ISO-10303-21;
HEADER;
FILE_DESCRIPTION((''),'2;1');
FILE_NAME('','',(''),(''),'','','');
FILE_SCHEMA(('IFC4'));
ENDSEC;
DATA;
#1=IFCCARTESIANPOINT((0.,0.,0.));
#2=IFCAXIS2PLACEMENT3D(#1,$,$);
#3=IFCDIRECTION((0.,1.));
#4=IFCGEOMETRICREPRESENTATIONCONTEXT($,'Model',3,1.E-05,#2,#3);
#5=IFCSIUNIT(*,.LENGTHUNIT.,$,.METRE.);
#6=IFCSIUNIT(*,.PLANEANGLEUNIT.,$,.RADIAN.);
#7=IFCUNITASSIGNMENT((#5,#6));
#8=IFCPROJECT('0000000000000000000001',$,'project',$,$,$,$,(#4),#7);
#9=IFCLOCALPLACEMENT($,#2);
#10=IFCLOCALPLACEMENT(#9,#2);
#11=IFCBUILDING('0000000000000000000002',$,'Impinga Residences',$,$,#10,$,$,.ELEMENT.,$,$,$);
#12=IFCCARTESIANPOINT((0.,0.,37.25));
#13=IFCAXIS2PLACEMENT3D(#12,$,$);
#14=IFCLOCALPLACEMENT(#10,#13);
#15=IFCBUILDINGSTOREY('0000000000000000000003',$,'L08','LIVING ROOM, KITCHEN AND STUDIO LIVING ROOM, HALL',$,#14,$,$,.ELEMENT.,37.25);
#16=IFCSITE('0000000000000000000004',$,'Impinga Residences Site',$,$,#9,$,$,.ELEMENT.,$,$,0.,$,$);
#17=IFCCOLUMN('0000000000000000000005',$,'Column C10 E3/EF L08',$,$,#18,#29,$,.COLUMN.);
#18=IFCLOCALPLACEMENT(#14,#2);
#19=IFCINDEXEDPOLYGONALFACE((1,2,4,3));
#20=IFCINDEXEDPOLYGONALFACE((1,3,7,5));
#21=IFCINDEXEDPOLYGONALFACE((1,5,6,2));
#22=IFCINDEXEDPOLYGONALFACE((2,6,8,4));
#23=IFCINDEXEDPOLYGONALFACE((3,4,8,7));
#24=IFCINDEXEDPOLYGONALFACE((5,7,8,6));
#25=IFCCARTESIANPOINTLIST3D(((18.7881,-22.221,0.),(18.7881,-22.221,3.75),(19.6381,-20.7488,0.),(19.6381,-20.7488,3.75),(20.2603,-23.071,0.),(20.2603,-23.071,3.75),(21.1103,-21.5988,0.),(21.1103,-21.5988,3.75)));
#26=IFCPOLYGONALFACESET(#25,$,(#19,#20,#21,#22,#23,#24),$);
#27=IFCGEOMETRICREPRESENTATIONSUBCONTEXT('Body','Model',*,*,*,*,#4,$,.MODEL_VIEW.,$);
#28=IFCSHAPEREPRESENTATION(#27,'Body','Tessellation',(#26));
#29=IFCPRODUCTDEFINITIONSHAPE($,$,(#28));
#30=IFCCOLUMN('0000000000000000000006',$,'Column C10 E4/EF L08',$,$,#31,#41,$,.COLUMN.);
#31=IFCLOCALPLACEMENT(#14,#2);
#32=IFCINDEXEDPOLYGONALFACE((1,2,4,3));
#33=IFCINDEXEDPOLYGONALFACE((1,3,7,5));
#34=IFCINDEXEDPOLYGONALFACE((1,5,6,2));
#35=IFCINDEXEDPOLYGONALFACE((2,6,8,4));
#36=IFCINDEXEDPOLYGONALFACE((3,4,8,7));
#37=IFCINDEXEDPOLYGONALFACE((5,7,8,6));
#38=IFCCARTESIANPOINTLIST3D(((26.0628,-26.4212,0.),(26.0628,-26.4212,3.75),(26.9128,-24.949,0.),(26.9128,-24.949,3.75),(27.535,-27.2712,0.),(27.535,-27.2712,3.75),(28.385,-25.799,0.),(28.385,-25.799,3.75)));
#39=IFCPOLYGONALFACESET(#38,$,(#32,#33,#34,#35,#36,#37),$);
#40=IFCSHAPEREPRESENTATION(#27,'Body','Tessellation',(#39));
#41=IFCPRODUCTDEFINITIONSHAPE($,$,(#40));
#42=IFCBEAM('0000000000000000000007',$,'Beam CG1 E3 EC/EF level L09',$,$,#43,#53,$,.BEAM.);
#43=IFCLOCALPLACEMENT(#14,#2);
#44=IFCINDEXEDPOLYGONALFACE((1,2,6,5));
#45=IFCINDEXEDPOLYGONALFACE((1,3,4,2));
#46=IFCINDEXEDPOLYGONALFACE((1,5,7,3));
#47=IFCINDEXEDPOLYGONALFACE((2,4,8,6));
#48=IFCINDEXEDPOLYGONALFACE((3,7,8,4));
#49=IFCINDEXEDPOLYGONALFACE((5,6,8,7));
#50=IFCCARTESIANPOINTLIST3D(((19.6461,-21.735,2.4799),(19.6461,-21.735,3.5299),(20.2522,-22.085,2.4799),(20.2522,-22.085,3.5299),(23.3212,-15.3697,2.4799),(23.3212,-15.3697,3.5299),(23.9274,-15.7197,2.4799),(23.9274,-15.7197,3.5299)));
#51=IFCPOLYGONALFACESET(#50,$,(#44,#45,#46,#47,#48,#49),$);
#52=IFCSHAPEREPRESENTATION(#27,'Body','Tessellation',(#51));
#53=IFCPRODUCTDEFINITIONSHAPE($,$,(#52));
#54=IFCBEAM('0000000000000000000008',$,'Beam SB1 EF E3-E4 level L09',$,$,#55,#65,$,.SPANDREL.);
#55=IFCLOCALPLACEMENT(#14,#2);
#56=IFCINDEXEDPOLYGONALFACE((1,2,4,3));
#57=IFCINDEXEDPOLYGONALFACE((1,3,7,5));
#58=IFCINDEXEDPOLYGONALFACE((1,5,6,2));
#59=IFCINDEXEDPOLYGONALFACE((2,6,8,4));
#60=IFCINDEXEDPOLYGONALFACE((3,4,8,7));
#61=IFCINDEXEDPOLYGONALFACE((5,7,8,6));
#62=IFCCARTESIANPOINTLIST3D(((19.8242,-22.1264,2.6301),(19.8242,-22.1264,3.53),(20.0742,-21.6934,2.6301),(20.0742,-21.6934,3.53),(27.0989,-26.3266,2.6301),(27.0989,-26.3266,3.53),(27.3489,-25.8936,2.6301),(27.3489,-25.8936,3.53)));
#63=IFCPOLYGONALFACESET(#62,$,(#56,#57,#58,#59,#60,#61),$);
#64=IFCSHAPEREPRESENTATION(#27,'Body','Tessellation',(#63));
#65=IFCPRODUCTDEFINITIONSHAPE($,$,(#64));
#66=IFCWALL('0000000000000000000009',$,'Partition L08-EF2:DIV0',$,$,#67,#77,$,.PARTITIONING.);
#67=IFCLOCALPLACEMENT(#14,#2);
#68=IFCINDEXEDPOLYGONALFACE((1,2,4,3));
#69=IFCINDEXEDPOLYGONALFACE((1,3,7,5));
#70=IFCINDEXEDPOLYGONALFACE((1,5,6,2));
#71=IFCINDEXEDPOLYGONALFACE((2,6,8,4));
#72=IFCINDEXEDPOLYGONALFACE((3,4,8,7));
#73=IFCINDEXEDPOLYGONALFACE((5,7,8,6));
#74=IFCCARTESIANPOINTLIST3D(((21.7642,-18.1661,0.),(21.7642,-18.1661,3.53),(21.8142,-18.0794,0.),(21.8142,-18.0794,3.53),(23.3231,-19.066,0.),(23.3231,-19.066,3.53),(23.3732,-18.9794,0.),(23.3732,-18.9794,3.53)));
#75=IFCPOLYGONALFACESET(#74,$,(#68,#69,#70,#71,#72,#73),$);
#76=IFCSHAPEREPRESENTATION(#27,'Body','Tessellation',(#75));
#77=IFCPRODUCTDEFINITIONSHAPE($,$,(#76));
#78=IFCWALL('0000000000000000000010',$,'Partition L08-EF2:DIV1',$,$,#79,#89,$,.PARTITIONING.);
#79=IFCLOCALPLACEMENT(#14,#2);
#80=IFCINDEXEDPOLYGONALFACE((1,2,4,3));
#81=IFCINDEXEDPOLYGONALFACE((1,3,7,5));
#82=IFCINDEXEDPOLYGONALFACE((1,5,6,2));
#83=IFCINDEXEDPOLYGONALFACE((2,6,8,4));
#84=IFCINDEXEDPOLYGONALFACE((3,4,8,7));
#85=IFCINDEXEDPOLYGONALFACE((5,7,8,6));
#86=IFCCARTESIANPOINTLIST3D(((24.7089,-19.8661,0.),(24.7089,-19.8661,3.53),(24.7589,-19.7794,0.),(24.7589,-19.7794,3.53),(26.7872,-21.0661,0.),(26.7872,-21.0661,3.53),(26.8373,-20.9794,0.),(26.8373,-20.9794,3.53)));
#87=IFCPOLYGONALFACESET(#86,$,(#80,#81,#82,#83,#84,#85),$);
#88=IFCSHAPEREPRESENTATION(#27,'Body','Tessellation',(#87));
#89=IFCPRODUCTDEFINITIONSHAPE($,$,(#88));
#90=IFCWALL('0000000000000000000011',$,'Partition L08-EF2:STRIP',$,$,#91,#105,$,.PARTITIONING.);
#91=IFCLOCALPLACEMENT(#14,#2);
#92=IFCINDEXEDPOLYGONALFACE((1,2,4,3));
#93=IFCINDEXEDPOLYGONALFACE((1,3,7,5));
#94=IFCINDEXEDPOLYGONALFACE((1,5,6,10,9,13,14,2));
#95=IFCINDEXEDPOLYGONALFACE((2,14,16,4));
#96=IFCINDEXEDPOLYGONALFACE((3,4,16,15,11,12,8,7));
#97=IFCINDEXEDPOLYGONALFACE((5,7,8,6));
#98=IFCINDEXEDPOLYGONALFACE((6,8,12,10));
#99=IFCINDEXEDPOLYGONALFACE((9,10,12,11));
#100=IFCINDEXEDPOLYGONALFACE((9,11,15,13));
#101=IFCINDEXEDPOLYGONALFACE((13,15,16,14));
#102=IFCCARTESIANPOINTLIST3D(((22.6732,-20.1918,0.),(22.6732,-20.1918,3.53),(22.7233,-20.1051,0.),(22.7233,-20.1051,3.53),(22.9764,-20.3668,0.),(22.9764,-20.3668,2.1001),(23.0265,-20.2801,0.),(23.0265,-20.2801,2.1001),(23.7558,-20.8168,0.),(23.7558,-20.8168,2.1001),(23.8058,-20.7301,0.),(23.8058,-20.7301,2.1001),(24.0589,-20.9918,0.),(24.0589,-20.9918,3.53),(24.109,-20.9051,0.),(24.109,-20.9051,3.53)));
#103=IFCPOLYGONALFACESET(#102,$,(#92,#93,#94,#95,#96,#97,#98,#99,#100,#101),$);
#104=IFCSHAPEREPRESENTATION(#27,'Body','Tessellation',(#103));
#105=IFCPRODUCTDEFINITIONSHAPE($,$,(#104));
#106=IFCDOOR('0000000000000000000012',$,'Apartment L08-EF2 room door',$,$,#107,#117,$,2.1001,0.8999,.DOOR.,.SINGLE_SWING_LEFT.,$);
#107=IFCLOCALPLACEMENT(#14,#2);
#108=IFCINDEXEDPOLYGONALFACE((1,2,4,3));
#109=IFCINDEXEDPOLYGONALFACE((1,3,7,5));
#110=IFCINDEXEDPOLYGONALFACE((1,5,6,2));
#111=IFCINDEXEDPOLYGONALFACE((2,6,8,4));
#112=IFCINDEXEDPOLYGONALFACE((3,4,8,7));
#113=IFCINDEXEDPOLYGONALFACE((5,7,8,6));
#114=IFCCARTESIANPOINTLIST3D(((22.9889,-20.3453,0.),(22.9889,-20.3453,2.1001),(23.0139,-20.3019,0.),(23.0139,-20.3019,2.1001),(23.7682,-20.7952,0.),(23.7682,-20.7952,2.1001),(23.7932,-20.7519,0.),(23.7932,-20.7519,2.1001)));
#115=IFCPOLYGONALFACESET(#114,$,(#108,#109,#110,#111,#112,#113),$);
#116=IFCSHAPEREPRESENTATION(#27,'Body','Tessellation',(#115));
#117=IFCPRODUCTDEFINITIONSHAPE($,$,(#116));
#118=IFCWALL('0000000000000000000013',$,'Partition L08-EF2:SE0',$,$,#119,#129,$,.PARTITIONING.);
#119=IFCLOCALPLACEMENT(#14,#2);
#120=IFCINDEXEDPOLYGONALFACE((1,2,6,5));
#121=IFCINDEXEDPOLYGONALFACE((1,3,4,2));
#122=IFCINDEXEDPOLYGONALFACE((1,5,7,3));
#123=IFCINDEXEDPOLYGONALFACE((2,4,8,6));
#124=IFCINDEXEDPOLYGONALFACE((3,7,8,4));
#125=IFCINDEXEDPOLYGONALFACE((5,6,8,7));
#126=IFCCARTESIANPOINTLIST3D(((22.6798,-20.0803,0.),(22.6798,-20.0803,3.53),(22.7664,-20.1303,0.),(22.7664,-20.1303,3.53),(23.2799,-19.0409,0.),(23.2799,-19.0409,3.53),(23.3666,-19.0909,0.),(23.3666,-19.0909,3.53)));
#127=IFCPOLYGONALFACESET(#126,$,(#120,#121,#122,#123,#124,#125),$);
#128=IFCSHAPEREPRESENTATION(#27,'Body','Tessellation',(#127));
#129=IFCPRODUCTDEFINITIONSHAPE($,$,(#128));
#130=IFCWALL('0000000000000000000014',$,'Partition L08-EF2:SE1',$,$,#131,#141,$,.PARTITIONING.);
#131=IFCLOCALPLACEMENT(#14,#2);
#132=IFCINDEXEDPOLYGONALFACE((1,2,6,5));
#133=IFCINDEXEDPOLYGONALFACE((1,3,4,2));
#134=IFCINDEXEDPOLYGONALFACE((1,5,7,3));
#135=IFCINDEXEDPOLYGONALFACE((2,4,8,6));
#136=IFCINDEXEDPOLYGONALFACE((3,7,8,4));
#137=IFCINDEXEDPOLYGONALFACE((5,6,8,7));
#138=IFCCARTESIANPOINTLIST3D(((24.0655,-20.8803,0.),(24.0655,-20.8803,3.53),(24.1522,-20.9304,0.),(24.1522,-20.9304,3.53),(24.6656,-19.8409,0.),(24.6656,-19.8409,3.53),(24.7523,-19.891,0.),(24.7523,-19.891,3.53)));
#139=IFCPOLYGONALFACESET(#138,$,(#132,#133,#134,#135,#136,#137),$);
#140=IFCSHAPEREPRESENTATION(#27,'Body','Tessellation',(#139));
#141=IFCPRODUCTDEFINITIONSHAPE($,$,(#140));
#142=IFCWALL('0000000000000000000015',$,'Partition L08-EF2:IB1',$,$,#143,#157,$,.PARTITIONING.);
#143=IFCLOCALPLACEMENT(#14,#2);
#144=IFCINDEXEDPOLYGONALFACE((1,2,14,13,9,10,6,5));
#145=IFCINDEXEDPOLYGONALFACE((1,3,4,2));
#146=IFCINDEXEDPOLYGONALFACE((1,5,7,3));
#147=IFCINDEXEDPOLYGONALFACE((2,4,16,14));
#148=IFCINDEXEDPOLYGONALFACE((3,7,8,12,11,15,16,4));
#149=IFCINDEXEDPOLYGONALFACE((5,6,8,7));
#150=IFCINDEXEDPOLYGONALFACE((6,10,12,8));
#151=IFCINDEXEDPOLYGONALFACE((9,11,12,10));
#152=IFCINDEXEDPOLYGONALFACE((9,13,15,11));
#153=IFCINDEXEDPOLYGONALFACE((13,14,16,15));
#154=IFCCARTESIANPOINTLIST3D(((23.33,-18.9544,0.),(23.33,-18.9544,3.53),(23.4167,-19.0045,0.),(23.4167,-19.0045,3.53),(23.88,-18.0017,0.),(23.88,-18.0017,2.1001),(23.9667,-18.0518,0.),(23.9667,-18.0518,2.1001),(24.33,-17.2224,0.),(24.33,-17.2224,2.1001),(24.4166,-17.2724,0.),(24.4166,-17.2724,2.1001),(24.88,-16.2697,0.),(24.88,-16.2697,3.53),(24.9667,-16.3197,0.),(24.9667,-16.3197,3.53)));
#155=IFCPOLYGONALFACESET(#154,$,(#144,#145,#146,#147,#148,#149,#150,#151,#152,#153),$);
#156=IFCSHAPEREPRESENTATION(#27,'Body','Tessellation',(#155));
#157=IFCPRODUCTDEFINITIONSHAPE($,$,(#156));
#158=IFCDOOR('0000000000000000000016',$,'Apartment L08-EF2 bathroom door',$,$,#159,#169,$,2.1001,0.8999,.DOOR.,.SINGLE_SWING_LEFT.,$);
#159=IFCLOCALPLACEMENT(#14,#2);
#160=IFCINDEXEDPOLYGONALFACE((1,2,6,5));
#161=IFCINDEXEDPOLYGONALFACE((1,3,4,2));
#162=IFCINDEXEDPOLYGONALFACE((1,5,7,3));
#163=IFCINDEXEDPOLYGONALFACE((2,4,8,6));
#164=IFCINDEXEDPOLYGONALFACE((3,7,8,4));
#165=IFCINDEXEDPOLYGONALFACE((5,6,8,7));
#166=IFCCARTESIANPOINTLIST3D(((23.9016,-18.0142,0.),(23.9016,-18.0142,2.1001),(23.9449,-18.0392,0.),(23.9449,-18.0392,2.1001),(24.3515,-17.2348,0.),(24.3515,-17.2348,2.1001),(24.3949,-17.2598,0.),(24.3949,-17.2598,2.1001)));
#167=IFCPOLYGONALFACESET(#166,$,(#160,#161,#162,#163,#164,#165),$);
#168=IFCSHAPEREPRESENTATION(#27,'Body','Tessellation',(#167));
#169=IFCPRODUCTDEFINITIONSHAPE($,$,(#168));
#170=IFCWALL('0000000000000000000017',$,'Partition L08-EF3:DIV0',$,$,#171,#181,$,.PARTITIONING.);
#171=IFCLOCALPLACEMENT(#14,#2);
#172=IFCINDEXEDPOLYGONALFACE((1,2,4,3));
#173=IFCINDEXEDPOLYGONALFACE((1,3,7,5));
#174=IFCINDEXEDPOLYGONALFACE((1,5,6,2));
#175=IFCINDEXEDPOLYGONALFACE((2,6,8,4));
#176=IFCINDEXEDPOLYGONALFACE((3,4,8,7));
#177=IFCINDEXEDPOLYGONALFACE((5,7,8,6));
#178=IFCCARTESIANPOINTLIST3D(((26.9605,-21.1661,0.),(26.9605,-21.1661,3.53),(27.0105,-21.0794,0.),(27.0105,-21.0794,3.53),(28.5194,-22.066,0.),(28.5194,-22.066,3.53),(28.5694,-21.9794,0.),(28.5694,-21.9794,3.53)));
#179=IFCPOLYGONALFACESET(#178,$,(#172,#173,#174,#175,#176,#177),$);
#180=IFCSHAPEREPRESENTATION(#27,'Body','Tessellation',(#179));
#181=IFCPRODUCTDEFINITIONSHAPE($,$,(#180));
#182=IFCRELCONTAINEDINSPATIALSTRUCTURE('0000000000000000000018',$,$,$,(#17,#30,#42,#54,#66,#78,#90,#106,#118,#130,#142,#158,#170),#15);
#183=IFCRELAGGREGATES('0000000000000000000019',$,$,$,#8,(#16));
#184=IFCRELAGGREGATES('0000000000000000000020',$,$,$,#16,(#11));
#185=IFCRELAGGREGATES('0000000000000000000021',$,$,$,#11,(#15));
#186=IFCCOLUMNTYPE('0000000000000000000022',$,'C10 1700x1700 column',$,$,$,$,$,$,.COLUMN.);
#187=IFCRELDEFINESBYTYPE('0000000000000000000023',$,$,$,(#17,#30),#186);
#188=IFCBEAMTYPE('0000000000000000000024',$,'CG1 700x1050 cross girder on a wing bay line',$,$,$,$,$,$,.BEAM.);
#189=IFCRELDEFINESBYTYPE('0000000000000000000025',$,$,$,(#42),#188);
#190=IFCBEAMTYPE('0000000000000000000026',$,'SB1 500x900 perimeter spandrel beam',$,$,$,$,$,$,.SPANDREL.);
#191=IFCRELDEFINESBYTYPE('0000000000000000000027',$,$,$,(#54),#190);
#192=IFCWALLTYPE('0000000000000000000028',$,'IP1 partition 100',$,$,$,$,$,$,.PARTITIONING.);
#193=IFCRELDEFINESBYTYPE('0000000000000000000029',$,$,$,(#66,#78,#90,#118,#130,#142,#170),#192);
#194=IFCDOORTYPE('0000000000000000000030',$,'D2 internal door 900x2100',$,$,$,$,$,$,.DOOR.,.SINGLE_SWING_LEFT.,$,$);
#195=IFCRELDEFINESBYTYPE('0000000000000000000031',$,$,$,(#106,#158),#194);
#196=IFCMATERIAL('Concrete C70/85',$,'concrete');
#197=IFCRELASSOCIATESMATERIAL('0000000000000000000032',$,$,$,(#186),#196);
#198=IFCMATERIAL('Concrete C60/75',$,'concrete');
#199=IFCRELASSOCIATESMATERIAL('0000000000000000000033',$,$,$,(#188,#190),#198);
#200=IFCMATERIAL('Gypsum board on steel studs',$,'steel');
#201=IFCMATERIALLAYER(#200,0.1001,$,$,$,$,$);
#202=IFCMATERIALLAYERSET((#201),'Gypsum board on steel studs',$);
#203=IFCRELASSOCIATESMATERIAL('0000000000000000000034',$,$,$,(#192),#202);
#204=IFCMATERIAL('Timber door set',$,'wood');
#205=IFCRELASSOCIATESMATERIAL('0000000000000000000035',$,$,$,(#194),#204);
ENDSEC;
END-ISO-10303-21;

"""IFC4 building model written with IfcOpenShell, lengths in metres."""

from ifc_helpers import new_model, si_unit, direction, frame, frame_2d, origin, origin_2d, place, context, subcontext, project, spatial, rectangle, extrude, material, layer, layer_set, material_profile, profile_set, type_object, element, fill, save


model = new_model("IFC4")

# Units and contexts
model_context = context("Model", 3, precision=1e-05, world=origin(), true_north=direction((0.0, 1.0)))
body_context = subcontext(model_context, "Body", "Model", "MODEL_VIEW")
ifc_project = project(units=[si_unit("LENGTHUNIT", "METRE"), si_unit("PLANEANGLEUNIT", "RADIAN")], contexts=[model_context])

# Site, building, storey
site_placement = place(None, origin())
site = spatial("IfcSite", under=ifc_project, at=site_placement, Name="Impinga Residences Site", CompositionType="ELEMENT", RefElevation=0.0)
building_placement = place(site_placement, origin())
building = spatial("IfcBuilding", under=site, at=building_placement, Name="Impinga Residences", CompositionType="ELEMENT")
storey_placement = place(building_placement, frame((0.0, 0.0, 37.25)))
storey = spatial("IfcBuildingStorey", under=building, at=storey_placement, Name="L08", Description="LIVING ROOM, KITCHEN AND STUDIO LIVING ROOM, HALL", CompositionType="ELEMENT", Elevation=37.25)

# Columns
ifc_material_1 = material(Name="Concrete C70/85", Category="concrete")
ifc_material_profile_1 = material_profile(ifc_material_1, rectangle(XDim=1.7, YDim=1.7, at=origin_2d()), Name="RC 1700x1700")
ifc_profile_set_1 = profile_set([ifc_material_profile_1], Name="Concrete C70/85")
column_type = type_object("IfcColumnType", Name="C10 1700x1700 column", PredefinedType="COLUMN", material=ifc_profile_set_1)
for number, where, z_axis, x_axis, name in (
    (1, (19.9492, -21.9099, 0.0), (0.0, 0.0, 1.0), (-0.5, -0.866025, 0.0), "Column C10 E3/EF L08"),
    (2, (27.2239, -26.1101, 0.0), (0.0, 0.0, 1.0), (-0.5, -0.866025, 0.0), "Column C10 E4/EF L08"),
):
    element("IfcColumn", number, at=place(storey_placement, frame(where, z_axis=z_axis, x_axis=x_axis)), inside=storey, type_object=column_type, Name=name, PredefinedType="COLUMN", context=body_context, shape_type="SweptSolid", body=[
        extrude(rectangle(XDim=1.7, YDim=1.7, at=origin_2d()), origin(), (0.0, 0.0, 1.0), 3.75),
    ])

# Beams
ifc_material_2 = material(Name="Concrete C60/75", Category="concrete")
ifc_material_profile_2 = material_profile(ifc_material_2, rectangle(XDim=0.7, YDim=1.05, at=origin_2d()), Name="RC 700x1050")
ifc_profile_set_2 = profile_set([ifc_material_profile_2], Name="Concrete C60/75")
beam_type_1 = type_object("IfcBeamType", Name="CG1 700x1050 cross girder on a wing bay line", PredefinedType="BEAM", material=ifc_profile_set_2)
beam_1_placement = place(storey_placement, frame((23.6243, -15.5447, 3.0049), z_axis=(-0.500008, -0.866021, 0.0), x_axis=(0.866021, -0.500008, 0.0)))
element("IfcBeam", 3, at=beam_1_placement, inside=storey, type_object=beam_type_1, Name="Beam CG1 E3 EC/EF level L09", PredefinedType="BEAM", context=body_context, shape_type="SweptSolid", body=[
    extrude(rectangle(XDim=0.7, YDim=1.05, at=origin_2d()), origin(), (0.0, 0.0, 1.0), 7.3501),
])
ifc_material_profile_3 = material_profile(ifc_material_2, rectangle(XDim=0.5, YDim=0.8999, at=origin_2d()), Name="RC 500x900")
ifc_profile_set_3 = profile_set([ifc_material_profile_3], Name="Concrete C60/75")
beam_type_2 = type_object("IfcBeamType", Name="SB1 500x900 perimeter spandrel beam", PredefinedType="SPANDREL", material=ifc_profile_set_3)
beam_2_placement = place(storey_placement, frame((19.9492, -21.9099, 3.0801), z_axis=(0.866017, -0.500015, 0.0), x_axis=(0.500015, 0.866017, 0.0)))
element("IfcBeam", 4, at=beam_2_placement, inside=storey, type_object=beam_type_2, Name="Beam SB1 EF E3-E4 level L09", PredefinedType="SPANDREL", context=body_context, shape_type="SweptSolid", body=[
    extrude(rectangle(XDim=0.5, YDim=0.8999, at=origin_2d()), origin(), (0.0, 0.0, 1.0), 8.4001),
])

# Walls
ifc_material_3 = material(Name="Gypsum board on steel studs", Category="steel")
ifc_layer_1 = layer(ifc_material_3, 0.1001)
ifc_layer_set_1 = layer_set([ifc_layer_1], Name="Gypsum board on steel studs")
wall_type_1 = type_object("IfcWallType", Name="IP1 partition 100", PredefinedType="PARTITIONING", material=ifc_layer_set_1)
wall_1_placement = place(storey_placement, frame((21.7893, -18.1228, 0.0), z_axis=(0.0, 0.0, 1.0), x_axis=(0.866048, -0.499961, 0.0)))
element("IfcWall", 5, at=wall_1_placement, inside=storey, type_object=wall_type_1, Name="Partition L08-EF2:DIV0", PredefinedType="PARTITIONING", context=body_context, shape_type="SweptSolid", body=[
    extrude(rectangle(XDim=1.8, YDim=0.1001, at=frame_2d((0.8999, 0.0))), origin(), (0.0, 0.0, 1.0), 3.53),
])
wall_2_placement = place(storey_placement, frame((24.7339, -19.8228, 0.0), z_axis=(0.0, 0.0, 1.0), x_axis=(0.866025, -0.500001, 0.0)))
element("IfcWall", 6, at=wall_2_placement, inside=storey, type_object=wall_type_1, Name="Partition L08-EF2:DIV1", PredefinedType="PARTITIONING", context=body_context, shape_type="SweptSolid", body=[
    extrude(rectangle(XDim=2.3999, YDim=0.1001, at=frame_2d((1.2, 0.0))), origin(), (0.0, 0.0, 1.0), 3.53),
])

# Wall, opening, door
wall_3_placement = place(storey_placement, frame((22.6982, -20.1484, 0.0), z_axis=(0.0, 0.0, 1.0), x_axis=(0.866028, -0.499995, 0.0)))
wall_3 = element("IfcWall", 7, at=wall_3_placement, inside=storey, type_object=wall_type_1, Name="Partition L08-EF2:STRIP", PredefinedType="PARTITIONING", context=body_context, shape_type="SweptSolid", body=[
    extrude(rectangle(XDim=1.6001, YDim=0.1001, at=frame_2d((0.8, 0.0))), origin(), (0.0, 0.0, 1.0), 3.53),
])
opening_1_placement = place(wall_3_placement, frame((0.3501, 0.0, 0.0)))
opening_1 = element("IfcOpeningElement", 8, at=opening_1_placement, cuts=wall_3, PredefinedType="OPENING", context=body_context, shape_type="SweptSolid", body=[
    extrude(rectangle(XDim=0.8999, YDim=2.1001, at=frame_2d((0.45, 1.05))), frame((0.0, 0.0601, 0.0), z_axis=(0.0, -1.0, 0.0), x_axis=(1.0, 0.0, 0.0)), (0.0, 0.0, 1.0), 0.1201),
])
ifc_material_4 = material(Name="Timber door set", Category="wood")
door_type = type_object("IfcDoorType", Name="D2 internal door 900x2100", OperationType="SINGLE_SWING_LEFT", PredefinedType="DOOR", material=ifc_material_4)
door_1_placement = place(opening_1_placement, origin())
door_1 = element("IfcDoor", 9, at=door_1_placement, inside=storey, type_object=door_type, Name="Apartment L08-EF2 room door", OperationType="SINGLE_SWING_LEFT", OverallHeight=2.1001, OverallWidth=0.8999, PredefinedType="DOOR", context=body_context, shape_type="SweptSolid", body=[
    extrude(rectangle(XDim=0.8999, YDim=2.1001, at=frame_2d((0.45, 1.05))), frame((0.0, 0.0249, 0.0), z_axis=(0.0, -1.0, 0.0), x_axis=(1.0, 0.0, 0.0)), (0.0, 0.0, 1.0), 0.05),
])
fill(opening_1, door_1)

# Walls
for number, where, z_axis, x_axis, name in (
    (10, (23.3232, -19.0659, 0.0), (0.0, 0.0, 1.0), (-0.500034, -0.866006, 0.0), "Partition L08-EF2:SE0"),
    (11, (24.709, -19.866, 0.0), (0.0, 0.0, 1.0), (-0.500034, -0.866006, 0.0), "Partition L08-EF2:SE1"),
):
    element("IfcWall", number, at=place(storey_placement, frame(where, z_axis=z_axis, x_axis=x_axis)), inside=storey, type_object=wall_type_1, Name=name, PredefinedType="PARTITIONING", context=body_context, shape_type="SweptSolid", body=[
        extrude(rectangle(XDim=1.2002, YDim=0.1001, at=frame_2d((0.6001, 0.0))), origin(), (0.0, 0.0, 1.0), 3.53),
    ])

# Wall, opening, door
wall_4_placement = place(storey_placement, frame((24.9233, -16.2947, 0.0), z_axis=(0.0, 0.0, 1.0), x_axis=(-0.499993, -0.86603, 0.0)))
wall_4 = element("IfcWall", 12, at=wall_4_placement, inside=storey, type_object=wall_type_1, Name="Partition L08-EF2:IB1", PredefinedType="PARTITIONING", context=body_context, shape_type="SweptSolid", body=[
    extrude(rectangle(XDim=3.1001, YDim=0.1001, at=frame_2d((1.55, 0.0))), origin(), (0.0, 0.0, 1.0), 3.53),
])
opening_2_placement = place(wall_4_placement, frame((1.1001, 0.0, 0.0)))
opening_2 = element("IfcOpeningElement", 13, at=opening_2_placement, cuts=wall_4, PredefinedType="OPENING", context=body_context, shape_type="SweptSolid", body=[
    extrude(rectangle(XDim=0.8999, YDim=2.1001, at=frame_2d((0.45, 1.05))), frame((0.0, 0.0601, 0.0), z_axis=(0.0, -1.0, 0.0), x_axis=(1.0, 0.0, 0.0)), (0.0, 0.0, 1.0), 0.1201),
])
door_2_placement = place(opening_2_placement, origin())
door_2 = element("IfcDoor", 14, at=door_2_placement, inside=storey, type_object=door_type, Name="Apartment L08-EF2 bathroom door", OperationType="SINGLE_SWING_LEFT", OverallHeight=2.1001, OverallWidth=0.8999, PredefinedType="DOOR", context=body_context, shape_type="SweptSolid", body=[
    extrude(rectangle(XDim=0.8999, YDim=2.1001, at=frame_2d((0.45, 1.05))), frame((0.0, 0.0249, 0.0), z_axis=(0.0, -1.0, 0.0), x_axis=(1.0, 0.0, 0.0)), (0.0, 0.0, 1.0), 0.05),
])
fill(opening_2, door_2)

# Wall
wall_5_placement = place(storey_placement, frame((26.9856, -21.1228, 0.0), z_axis=(0.0, 0.0, 1.0), x_axis=(0.866048, -0.499961, 0.0)))
element("IfcWall", 15, at=wall_5_placement, inside=storey, type_object=wall_type_1, Name="Partition L08-EF3:DIV0", PredefinedType="PARTITIONING", context=body_context, shape_type="SweptSolid", body=[
    extrude(rectangle(XDim=1.8, YDim=0.1001, at=frame_2d((0.8999, 0.0))), origin(), (0.0, 0.0, 1.0), 3.53),
])

save(model, "model.ifc")
